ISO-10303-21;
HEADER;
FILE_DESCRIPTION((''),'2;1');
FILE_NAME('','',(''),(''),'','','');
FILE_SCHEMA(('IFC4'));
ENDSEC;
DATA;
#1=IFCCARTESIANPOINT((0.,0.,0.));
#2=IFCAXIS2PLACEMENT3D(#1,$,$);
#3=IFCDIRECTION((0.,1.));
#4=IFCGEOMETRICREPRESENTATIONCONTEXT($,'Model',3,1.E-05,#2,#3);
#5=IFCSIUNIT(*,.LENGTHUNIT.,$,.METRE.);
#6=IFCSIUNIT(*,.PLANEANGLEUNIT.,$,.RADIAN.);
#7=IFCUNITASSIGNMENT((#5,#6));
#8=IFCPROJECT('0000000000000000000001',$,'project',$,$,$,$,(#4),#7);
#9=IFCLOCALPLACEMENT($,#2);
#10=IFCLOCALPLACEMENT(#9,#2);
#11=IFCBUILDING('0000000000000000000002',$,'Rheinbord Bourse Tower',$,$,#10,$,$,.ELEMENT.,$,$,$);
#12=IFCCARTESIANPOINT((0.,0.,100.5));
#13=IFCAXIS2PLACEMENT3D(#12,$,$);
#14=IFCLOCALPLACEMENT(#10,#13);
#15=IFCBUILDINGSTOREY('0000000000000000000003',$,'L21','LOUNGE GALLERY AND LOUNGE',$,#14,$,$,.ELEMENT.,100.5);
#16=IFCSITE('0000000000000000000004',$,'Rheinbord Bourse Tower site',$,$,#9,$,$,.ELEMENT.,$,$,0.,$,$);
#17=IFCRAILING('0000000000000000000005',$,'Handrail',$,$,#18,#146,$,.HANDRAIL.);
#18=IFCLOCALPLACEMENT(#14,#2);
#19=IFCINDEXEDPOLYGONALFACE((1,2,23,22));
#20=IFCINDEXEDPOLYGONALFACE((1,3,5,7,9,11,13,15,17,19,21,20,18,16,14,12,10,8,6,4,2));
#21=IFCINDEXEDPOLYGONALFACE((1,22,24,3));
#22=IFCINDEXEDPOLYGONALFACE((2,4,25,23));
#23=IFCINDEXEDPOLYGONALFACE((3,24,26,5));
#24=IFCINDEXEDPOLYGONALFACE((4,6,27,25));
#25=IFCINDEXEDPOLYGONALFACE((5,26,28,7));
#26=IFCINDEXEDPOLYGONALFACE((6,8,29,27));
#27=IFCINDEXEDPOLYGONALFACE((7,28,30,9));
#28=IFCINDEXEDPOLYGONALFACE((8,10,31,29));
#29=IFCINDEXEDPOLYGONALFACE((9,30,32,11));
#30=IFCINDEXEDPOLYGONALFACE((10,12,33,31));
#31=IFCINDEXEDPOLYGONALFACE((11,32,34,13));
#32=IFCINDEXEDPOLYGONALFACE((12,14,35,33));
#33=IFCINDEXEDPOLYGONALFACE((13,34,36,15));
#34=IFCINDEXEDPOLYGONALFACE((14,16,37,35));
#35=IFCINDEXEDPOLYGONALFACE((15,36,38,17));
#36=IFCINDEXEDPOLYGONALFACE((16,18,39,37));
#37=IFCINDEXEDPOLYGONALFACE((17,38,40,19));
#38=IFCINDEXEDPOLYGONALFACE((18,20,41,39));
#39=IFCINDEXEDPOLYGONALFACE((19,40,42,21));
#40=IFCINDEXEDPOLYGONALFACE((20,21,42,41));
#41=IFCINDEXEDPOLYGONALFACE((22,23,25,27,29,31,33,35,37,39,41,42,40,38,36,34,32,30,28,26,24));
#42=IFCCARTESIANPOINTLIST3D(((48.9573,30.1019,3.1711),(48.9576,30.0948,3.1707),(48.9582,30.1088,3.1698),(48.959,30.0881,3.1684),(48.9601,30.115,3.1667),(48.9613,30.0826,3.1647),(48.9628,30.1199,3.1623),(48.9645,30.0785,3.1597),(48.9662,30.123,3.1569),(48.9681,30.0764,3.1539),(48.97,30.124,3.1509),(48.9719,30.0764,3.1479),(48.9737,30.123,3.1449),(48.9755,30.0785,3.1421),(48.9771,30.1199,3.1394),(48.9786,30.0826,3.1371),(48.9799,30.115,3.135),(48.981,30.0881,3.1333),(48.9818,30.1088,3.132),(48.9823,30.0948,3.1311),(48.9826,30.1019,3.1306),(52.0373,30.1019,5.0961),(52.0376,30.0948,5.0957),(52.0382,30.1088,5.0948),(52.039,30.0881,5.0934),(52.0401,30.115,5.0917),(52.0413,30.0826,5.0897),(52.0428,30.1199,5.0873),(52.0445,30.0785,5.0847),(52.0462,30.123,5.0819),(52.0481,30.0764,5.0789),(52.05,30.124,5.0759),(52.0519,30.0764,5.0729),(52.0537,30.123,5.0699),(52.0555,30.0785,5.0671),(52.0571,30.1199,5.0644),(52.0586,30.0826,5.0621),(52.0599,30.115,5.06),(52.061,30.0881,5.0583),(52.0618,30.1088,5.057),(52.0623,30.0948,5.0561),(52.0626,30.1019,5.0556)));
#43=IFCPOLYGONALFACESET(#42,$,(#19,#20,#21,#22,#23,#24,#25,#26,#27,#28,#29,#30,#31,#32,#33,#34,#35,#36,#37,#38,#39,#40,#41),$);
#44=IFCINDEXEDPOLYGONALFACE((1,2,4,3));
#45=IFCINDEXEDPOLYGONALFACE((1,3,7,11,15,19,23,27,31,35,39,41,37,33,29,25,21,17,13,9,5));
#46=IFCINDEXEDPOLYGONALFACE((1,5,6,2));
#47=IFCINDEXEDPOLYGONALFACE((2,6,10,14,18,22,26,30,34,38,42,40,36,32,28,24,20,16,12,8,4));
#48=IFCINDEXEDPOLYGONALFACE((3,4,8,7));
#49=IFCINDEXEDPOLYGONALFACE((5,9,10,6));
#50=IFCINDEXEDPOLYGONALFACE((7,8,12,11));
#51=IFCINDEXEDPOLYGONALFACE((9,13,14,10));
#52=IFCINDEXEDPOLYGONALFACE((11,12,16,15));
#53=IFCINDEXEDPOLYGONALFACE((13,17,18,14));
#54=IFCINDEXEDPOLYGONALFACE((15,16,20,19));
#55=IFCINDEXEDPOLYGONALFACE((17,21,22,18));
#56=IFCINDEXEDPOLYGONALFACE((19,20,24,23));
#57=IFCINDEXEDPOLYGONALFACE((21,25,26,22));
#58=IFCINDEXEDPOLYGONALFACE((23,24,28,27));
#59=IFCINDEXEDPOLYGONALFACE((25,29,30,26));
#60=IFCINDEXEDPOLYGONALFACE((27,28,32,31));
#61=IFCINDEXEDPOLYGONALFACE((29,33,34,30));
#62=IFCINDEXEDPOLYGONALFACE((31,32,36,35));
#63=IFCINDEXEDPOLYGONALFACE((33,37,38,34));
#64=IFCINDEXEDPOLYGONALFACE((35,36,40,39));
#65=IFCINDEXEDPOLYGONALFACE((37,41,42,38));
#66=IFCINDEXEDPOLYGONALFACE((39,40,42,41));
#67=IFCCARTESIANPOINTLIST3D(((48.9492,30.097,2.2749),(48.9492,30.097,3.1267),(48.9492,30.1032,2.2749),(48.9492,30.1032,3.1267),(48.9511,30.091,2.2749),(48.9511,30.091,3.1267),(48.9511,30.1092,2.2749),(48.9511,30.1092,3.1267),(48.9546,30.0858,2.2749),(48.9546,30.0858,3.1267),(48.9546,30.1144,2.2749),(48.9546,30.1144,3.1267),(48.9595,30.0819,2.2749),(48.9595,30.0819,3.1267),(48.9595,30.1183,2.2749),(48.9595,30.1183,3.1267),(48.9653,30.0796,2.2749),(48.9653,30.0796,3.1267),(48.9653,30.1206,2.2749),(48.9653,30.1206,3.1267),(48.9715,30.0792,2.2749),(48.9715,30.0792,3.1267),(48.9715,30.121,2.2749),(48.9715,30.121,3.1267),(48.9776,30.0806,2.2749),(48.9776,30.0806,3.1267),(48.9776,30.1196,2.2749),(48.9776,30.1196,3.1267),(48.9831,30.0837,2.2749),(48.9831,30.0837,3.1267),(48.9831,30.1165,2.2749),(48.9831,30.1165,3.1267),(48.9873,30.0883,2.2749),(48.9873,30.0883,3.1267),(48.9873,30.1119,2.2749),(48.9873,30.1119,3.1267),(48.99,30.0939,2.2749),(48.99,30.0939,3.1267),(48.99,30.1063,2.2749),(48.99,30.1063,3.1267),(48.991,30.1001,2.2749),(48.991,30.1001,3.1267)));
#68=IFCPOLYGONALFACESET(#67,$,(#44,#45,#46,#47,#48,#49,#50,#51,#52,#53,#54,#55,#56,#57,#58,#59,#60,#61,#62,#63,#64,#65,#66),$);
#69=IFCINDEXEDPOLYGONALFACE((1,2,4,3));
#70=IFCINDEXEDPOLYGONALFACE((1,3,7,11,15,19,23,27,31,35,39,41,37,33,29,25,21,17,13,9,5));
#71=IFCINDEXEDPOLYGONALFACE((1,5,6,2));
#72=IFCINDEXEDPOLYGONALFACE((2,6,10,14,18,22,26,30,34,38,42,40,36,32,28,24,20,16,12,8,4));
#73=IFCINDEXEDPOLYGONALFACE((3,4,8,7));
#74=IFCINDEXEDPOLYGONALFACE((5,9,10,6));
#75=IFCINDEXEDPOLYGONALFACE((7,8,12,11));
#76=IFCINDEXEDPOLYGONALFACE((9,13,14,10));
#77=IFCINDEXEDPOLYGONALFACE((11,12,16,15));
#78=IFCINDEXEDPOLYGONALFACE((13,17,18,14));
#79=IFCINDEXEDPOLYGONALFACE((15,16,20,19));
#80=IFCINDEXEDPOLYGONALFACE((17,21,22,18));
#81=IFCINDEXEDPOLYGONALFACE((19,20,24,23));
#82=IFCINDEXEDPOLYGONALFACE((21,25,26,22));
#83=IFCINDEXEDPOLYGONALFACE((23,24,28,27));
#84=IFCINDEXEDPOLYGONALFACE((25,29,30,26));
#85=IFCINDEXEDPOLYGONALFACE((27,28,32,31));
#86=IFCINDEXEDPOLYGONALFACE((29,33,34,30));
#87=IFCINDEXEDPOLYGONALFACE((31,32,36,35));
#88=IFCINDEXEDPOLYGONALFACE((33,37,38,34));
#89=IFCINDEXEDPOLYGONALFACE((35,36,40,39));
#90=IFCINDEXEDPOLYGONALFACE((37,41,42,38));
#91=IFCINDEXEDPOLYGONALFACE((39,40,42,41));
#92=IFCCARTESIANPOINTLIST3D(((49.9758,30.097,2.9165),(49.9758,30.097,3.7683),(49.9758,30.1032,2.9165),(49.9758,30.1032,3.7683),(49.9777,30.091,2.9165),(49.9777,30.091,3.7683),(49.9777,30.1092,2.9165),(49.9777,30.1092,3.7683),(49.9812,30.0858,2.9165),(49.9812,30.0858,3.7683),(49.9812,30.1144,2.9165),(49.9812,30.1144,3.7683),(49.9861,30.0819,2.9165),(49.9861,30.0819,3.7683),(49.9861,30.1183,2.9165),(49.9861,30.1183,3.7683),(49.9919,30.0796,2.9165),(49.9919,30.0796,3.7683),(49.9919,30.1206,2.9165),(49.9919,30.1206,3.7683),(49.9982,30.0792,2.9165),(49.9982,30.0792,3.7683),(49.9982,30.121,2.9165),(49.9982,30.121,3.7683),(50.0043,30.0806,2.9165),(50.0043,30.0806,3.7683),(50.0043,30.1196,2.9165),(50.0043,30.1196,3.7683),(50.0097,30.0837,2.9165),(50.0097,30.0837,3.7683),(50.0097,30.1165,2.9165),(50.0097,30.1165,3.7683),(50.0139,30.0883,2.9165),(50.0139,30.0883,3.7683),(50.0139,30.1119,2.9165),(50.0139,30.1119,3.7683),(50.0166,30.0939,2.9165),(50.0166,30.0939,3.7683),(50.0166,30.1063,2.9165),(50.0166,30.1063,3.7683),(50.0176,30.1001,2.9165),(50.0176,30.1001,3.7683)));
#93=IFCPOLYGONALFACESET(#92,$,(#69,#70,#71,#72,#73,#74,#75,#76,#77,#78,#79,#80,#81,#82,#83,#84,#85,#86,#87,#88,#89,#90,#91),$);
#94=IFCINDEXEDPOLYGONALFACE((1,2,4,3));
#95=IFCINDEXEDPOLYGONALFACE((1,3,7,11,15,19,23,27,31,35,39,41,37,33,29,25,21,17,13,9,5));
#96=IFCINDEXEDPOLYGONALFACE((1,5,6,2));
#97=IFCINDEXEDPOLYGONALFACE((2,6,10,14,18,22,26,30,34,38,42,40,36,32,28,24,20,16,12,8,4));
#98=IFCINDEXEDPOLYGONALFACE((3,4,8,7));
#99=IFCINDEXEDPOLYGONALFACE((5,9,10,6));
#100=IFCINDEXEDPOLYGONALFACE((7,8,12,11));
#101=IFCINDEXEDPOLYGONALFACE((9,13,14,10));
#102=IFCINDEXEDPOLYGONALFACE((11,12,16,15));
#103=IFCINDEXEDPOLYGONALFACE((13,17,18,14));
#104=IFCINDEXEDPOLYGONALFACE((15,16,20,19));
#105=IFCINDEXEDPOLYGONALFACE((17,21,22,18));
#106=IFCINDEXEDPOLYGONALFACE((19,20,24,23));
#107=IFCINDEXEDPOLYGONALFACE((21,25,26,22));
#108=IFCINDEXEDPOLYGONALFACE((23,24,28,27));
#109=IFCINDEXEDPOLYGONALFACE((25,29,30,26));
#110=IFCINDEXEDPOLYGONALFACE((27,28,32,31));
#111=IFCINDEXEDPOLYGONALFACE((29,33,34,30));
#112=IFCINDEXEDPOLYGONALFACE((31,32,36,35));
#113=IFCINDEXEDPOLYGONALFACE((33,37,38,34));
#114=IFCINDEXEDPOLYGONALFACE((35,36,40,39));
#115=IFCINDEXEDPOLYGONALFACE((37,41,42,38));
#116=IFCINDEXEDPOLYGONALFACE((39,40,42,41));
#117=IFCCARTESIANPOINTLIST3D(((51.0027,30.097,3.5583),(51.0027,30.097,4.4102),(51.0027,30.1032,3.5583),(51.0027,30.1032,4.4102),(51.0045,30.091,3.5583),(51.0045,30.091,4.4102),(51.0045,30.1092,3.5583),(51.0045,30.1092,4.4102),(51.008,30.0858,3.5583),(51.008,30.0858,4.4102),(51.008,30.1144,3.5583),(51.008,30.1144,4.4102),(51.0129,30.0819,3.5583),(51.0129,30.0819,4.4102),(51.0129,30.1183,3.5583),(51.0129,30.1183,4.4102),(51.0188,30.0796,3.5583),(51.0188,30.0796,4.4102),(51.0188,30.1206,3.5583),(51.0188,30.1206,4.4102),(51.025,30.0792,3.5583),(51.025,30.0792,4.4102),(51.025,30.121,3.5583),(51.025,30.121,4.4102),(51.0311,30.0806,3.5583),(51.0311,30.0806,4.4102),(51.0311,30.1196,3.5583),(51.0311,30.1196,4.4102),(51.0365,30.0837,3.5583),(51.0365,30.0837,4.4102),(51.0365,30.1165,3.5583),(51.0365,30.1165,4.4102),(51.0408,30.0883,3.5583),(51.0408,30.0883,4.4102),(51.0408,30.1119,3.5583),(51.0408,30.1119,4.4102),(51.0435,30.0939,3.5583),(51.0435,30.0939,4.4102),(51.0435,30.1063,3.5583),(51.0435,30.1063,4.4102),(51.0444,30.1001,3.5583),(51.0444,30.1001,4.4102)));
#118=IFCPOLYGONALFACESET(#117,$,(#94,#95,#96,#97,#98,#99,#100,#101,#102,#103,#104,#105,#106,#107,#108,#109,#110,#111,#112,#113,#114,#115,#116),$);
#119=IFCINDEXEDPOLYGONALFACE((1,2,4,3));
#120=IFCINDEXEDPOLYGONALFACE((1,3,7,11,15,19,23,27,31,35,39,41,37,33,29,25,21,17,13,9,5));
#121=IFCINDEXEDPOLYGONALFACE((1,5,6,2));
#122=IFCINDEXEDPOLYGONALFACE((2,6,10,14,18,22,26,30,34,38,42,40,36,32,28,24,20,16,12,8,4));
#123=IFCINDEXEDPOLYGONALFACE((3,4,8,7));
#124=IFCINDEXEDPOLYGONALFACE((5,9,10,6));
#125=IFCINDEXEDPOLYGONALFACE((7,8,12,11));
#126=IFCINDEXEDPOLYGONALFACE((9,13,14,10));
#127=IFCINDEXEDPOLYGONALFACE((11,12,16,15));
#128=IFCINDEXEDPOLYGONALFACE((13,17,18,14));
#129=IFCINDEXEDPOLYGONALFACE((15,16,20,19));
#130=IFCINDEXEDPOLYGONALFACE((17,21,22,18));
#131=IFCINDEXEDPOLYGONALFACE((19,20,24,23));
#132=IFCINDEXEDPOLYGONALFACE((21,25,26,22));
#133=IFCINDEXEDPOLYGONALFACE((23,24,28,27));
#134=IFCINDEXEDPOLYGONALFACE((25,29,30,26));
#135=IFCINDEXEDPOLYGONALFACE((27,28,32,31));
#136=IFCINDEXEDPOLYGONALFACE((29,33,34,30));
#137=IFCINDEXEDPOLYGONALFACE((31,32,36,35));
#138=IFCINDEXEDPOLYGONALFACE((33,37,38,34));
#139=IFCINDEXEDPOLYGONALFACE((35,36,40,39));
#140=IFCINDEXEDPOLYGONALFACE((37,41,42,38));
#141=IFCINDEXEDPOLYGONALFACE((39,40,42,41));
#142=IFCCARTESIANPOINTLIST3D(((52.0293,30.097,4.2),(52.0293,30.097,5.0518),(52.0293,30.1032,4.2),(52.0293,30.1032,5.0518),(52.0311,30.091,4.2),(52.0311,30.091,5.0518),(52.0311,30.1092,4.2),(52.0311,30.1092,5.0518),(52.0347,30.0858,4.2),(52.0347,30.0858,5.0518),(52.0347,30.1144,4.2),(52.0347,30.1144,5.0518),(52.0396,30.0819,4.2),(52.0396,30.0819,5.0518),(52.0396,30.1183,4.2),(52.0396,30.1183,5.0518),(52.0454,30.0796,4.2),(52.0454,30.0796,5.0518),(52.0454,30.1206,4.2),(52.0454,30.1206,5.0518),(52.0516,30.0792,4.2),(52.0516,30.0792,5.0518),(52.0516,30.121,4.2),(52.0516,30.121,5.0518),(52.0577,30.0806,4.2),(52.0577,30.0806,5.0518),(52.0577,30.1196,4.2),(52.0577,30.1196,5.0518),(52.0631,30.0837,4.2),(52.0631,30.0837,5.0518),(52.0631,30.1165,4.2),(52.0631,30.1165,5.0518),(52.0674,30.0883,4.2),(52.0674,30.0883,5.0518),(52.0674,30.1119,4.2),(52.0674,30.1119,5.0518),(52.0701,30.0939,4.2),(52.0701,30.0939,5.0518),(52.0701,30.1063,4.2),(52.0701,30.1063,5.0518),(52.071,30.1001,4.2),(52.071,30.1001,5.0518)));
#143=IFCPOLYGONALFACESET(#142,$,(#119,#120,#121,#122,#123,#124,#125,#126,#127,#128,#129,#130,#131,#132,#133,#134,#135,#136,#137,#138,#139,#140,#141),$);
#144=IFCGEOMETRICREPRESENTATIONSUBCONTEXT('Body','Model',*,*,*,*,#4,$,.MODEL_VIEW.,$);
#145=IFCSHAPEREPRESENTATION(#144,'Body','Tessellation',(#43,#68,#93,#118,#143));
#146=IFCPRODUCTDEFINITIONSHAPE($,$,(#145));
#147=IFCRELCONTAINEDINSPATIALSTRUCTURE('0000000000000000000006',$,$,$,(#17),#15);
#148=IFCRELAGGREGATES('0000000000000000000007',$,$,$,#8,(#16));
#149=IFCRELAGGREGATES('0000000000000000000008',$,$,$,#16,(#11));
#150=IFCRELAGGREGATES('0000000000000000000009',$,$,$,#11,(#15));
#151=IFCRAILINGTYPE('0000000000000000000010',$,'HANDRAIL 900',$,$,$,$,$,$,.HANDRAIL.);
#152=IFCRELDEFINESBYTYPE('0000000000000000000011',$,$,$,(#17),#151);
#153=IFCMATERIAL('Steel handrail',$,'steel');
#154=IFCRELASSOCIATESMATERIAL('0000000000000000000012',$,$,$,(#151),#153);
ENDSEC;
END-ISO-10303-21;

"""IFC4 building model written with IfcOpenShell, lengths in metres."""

from ifc_helpers import new_model, si_unit, direction, frame, origin, origin_2d, place, context, subcontext, project, spatial, circle, extrude, material, type_object, element, save


model = new_model("IFC4")

# Units and contexts
model_context = context("Model", 3, precision=1e-05, world=origin(), true_north=direction((0.0, 1.0)))
body_context = subcontext(model_context, "Body", "Model", "MODEL_VIEW")
ifc_project = project(units=[si_unit("LENGTHUNIT", "METRE"), si_unit("PLANEANGLEUNIT", "RADIAN")], contexts=[model_context])

# Site, building, storey
site_placement = place(None, origin())
site = spatial("IfcSite", under=ifc_project, at=site_placement, Name="Rheinbord Bourse Tower site", CompositionType="ELEMENT", RefElevation=0.0)
building_placement = place(site_placement, origin())
building = spatial("IfcBuilding", under=site, at=building_placement, Name="Rheinbord Bourse Tower", CompositionType="ELEMENT")
storey_placement = place(building_placement, frame((0.0, 0.0, 100.5)))
storey = spatial("IfcBuildingStorey", under=building, at=storey_placement, Name="L21", Description="LOUNGE GALLERY AND LOUNGE", CompositionType="ELEMENT", Elevation=100.5)

# Railing
ifc_material_1 = material(Name="Steel handrail", Category="steel")
railing_type = type_object("IfcRailingType", Name="HANDRAIL 900", PredefinedType="HANDRAIL", material=ifc_material_1)
railing_1_placement = place(storey_placement, frame((48.97, 30.1001, 2.2749)))
element("IfcRailing", 1, at=railing_1_placement, inside=storey, type_object=railing_type, Name="Handrail", PredefinedType="HANDRAIL", context=body_context, shape_type="SweptSolid", body=[
    extrude(circle(Radius=0.0239, at=origin_2d()), frame((0.0, 0.0, 0.876), z_axis=(0.847998, 0.0, 0.529999), x_axis=(0.0, 1.0, 0.0)), (0.0, 0.0, 1.0), 3.6321),
    extrude(circle(Radius=0.021, at=origin_2d()), origin(), (0.0, 0.0, 1.0), 0.8518),
    extrude(circle(Radius=0.021, at=origin_2d()), frame((1.0266, 0.0, 0.6416)), (0.0, 0.0, 1.0), 0.8518),
    extrude(circle(Radius=0.021, at=origin_2d()), frame((2.0535, 0.0, 1.2834)), (0.0, 0.0, 1.0), 0.8518),
    extrude(circle(Radius=0.021, at=origin_2d()), frame((3.0801, 0.0, 1.925)), (0.0, 0.0, 1.0), 0.8518),
])

save(model, "model.ifc")
